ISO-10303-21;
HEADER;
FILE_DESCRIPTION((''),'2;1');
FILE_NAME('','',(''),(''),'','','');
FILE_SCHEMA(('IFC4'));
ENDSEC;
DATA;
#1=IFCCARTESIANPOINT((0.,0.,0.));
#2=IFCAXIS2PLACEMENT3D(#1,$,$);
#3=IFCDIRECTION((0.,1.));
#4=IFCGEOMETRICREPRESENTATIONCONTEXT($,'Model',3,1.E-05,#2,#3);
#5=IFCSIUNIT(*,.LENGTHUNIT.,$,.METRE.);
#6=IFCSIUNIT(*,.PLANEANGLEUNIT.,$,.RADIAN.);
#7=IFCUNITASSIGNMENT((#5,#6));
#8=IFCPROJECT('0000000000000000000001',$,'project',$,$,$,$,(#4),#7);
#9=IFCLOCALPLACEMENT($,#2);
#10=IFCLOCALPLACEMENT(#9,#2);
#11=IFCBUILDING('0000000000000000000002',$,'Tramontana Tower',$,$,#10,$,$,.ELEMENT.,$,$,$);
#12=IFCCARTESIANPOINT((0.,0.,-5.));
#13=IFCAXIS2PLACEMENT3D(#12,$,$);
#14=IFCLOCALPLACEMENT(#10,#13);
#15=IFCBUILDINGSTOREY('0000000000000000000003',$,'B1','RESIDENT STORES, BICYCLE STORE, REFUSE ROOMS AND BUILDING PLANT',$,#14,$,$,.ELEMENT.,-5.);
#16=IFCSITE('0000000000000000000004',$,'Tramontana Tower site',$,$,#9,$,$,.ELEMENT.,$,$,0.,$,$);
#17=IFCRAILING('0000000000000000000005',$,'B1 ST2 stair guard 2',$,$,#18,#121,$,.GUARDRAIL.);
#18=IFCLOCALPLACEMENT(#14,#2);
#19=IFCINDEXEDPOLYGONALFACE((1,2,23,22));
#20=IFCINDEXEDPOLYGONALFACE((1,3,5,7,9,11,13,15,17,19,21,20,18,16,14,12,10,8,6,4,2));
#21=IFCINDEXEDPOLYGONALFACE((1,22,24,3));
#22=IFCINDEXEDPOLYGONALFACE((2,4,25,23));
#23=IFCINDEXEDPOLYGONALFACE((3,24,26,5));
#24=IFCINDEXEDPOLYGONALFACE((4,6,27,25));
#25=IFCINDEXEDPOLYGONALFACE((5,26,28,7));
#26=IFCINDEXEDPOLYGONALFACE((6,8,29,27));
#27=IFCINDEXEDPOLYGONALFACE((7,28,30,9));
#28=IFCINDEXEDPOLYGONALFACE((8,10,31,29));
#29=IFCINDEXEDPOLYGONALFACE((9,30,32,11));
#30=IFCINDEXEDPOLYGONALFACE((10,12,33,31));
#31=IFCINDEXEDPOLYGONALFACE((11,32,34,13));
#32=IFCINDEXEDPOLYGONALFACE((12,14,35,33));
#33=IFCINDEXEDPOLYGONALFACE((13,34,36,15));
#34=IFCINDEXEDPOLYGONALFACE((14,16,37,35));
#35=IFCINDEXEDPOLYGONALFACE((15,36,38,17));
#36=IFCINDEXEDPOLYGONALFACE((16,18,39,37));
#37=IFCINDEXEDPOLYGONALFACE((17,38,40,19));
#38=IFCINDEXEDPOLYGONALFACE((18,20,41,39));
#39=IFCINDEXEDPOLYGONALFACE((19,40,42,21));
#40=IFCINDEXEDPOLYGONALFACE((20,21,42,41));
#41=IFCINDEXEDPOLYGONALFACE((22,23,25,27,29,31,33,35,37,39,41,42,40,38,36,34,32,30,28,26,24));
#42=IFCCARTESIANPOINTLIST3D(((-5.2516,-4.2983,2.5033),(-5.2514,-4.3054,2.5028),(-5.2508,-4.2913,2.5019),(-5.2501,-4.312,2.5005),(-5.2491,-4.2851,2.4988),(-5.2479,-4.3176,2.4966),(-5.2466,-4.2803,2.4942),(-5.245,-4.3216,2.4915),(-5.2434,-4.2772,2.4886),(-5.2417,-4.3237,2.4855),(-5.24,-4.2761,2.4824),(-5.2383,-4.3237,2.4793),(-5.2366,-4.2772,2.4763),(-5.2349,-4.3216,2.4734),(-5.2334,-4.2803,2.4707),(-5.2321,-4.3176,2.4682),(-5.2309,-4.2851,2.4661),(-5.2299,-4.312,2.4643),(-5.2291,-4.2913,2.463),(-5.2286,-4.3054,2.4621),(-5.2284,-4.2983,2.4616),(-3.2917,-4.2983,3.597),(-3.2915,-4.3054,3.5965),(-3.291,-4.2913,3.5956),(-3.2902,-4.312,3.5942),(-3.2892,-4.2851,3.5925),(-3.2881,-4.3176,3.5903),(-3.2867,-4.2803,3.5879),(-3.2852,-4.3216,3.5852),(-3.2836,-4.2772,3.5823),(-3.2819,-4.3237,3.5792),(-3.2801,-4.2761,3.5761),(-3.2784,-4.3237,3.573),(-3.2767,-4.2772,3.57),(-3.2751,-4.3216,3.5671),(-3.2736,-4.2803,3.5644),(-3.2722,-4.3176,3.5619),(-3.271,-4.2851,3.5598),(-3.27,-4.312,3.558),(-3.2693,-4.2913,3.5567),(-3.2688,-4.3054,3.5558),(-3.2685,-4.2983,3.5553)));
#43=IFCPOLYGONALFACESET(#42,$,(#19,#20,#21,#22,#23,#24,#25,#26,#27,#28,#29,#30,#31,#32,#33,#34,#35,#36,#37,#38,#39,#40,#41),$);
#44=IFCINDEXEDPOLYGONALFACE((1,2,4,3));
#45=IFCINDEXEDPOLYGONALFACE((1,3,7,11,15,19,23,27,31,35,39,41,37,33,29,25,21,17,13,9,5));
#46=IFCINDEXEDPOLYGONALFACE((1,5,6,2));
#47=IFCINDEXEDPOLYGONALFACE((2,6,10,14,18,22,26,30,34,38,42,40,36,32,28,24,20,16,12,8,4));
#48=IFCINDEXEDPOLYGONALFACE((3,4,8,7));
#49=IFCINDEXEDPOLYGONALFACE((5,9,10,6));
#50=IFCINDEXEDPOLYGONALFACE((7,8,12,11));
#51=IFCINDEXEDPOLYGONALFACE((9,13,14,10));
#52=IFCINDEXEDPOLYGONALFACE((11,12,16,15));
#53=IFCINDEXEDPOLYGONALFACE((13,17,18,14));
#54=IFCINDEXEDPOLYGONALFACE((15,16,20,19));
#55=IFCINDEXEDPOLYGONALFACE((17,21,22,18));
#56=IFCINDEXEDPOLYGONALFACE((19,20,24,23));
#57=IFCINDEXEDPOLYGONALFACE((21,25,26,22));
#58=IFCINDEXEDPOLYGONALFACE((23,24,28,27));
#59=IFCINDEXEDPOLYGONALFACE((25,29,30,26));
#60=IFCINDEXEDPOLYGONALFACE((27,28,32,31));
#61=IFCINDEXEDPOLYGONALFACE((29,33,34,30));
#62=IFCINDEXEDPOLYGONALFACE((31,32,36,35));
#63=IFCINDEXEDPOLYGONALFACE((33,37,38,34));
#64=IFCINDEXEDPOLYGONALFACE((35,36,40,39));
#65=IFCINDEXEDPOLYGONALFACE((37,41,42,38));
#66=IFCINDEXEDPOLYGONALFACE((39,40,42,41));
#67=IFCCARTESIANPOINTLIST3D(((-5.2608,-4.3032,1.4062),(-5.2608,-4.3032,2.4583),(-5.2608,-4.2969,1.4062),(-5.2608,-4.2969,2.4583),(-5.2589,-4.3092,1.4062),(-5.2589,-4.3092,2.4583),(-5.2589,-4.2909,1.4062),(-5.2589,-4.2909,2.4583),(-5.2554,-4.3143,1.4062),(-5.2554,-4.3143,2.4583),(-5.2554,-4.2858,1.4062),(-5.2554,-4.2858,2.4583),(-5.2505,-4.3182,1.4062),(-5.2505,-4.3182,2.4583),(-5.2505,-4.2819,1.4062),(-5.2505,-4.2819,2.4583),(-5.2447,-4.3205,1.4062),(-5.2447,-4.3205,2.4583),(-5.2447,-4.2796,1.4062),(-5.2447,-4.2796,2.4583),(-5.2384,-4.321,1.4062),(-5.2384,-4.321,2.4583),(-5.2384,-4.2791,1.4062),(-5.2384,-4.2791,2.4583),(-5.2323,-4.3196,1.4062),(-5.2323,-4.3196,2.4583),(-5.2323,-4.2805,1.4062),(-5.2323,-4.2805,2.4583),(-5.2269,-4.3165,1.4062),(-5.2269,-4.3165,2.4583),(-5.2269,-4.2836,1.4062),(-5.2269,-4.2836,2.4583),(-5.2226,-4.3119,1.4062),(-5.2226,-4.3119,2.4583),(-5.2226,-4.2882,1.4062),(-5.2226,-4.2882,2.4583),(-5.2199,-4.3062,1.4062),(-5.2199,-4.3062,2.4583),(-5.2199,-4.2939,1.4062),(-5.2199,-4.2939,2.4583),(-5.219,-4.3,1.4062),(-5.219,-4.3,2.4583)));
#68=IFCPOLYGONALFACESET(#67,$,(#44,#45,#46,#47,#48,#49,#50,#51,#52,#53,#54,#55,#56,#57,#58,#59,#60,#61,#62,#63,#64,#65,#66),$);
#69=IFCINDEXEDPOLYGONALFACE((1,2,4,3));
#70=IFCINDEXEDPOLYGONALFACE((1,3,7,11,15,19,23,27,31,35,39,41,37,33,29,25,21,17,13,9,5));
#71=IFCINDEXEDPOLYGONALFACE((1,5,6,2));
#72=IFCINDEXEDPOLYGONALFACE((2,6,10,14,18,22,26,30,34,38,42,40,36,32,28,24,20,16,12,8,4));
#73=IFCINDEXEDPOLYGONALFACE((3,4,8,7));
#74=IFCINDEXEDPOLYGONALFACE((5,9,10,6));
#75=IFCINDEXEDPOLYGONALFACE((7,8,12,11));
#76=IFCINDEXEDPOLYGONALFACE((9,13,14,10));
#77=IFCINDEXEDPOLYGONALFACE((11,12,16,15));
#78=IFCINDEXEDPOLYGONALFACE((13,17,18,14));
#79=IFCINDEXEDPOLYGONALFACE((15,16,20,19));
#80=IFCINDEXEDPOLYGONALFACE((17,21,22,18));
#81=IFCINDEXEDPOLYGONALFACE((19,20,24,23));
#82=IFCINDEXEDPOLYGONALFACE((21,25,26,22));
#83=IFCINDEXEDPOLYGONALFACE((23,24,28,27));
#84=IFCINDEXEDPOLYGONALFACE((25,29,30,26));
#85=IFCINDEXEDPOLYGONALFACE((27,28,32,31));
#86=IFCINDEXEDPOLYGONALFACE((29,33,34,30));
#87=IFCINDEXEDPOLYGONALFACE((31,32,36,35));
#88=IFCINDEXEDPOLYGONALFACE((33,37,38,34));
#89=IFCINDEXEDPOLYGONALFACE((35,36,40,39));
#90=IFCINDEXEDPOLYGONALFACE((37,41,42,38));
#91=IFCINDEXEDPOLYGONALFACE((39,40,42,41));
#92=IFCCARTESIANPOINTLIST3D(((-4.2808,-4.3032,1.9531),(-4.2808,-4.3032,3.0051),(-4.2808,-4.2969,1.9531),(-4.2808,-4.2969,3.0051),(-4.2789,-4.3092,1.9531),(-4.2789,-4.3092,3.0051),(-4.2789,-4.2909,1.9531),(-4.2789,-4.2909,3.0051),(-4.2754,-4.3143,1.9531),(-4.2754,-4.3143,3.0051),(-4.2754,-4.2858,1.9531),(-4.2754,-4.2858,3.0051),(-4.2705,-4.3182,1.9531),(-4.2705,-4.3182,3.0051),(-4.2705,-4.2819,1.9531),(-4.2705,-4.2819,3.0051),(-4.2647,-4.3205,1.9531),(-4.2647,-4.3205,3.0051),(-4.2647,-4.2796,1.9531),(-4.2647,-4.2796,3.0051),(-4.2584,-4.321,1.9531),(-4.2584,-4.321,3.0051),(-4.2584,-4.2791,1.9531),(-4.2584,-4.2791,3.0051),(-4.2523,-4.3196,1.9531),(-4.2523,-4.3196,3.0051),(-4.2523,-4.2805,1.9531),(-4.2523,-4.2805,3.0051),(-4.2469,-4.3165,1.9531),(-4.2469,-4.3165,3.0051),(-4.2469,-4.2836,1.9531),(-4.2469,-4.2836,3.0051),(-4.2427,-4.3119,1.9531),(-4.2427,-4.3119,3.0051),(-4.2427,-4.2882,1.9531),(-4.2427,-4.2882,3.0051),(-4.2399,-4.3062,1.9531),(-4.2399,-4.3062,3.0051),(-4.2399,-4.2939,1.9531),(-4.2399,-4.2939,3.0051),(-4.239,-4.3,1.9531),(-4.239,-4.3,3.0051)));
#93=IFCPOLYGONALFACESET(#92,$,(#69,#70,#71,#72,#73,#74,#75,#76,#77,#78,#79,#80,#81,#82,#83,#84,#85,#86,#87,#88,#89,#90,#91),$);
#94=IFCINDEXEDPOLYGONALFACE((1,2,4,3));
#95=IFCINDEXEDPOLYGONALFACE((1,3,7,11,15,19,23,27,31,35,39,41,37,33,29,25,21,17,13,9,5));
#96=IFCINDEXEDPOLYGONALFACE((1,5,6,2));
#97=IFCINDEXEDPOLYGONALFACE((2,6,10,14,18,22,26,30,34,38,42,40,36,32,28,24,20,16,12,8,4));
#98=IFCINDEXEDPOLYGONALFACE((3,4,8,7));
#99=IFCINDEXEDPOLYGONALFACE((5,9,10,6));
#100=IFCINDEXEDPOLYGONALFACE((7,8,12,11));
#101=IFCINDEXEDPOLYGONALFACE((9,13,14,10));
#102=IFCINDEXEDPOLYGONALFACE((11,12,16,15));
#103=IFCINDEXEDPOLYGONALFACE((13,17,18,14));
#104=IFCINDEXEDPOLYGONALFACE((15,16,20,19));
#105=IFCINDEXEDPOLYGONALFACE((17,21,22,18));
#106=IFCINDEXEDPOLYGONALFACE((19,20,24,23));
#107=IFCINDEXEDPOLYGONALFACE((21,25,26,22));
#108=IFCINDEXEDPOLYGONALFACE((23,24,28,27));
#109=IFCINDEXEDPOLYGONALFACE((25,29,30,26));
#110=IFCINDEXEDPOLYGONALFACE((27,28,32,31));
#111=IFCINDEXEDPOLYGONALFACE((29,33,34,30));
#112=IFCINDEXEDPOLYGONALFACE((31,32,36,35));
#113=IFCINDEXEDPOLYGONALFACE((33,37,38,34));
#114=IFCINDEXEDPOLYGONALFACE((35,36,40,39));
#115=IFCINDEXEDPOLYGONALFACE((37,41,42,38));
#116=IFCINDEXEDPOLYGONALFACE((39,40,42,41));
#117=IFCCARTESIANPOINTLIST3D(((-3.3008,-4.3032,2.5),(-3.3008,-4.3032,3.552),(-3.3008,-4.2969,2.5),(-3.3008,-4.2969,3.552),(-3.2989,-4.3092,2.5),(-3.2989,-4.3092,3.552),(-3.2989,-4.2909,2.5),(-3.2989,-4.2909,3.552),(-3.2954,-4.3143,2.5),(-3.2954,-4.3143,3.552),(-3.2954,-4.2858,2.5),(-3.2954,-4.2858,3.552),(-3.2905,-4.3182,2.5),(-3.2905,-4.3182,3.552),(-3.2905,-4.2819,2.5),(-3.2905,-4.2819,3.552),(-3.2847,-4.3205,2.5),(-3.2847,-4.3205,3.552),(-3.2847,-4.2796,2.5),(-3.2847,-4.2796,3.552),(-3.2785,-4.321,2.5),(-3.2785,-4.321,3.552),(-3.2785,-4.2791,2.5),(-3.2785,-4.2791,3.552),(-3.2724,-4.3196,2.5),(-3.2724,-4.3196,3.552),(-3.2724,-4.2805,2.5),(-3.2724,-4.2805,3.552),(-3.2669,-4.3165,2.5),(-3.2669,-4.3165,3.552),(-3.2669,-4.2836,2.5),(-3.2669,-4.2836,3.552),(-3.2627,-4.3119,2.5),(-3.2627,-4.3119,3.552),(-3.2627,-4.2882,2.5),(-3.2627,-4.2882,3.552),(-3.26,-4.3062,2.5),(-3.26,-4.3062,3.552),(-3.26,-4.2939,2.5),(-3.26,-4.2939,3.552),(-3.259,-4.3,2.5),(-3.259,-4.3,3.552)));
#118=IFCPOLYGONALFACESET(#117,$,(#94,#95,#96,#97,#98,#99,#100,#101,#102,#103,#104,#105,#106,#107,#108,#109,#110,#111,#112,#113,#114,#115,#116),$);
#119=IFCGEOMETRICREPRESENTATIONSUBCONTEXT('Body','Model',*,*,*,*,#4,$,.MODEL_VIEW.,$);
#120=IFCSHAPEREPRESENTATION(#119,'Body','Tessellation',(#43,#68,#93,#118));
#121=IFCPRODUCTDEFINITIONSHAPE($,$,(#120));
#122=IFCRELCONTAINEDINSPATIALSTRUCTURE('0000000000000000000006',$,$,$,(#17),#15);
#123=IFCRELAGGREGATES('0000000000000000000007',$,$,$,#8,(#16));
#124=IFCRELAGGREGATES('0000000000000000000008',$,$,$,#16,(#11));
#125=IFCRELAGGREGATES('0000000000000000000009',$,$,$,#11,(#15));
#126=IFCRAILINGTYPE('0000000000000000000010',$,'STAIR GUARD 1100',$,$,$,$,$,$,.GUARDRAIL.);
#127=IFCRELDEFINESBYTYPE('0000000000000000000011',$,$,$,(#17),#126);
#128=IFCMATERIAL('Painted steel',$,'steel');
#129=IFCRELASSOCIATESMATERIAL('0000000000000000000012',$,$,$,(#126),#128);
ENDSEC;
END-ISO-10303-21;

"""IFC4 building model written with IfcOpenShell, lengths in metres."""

from ifc_helpers import new_model, si_unit, direction, frame, origin, origin_2d, place, context, subcontext, project, spatial, circle, extrude, material, type_object, element, save


model = new_model("IFC4")

# Units and contexts
model_context = context("Model", 3, precision=1e-05, world=origin(), true_north=direction((0.0, 1.0)))
body_context = subcontext(model_context, "Body", "Model", "MODEL_VIEW")
ifc_project = project(units=[si_unit("LENGTHUNIT", "METRE"), si_unit("PLANEANGLEUNIT", "RADIAN")], contexts=[model_context])

# Site, building, storey
site_placement = place(None, origin())
site = spatial("IfcSite", under=ifc_project, at=site_placement, Name="Tramontana Tower site", CompositionType="ELEMENT", RefElevation=0.0)
building_placement = place(site_placement, origin())
building = spatial("IfcBuilding", under=site, at=building_placement, Name="Tramontana Tower", CompositionType="ELEMENT")
storey_placement = place(building_placement, frame((0.0, 0.0, -5.0)))
storey = spatial("IfcBuildingStorey", under=building, at=storey_placement, Name="B1", Description="RESIDENT STORES, BICYCLE STORE, REFUSE ROOMS AND BUILDING PLANT", CompositionType="ELEMENT", Elevation=-5.0)

# Railing
ifc_material_1 = material(Name="Painted steel", Category="steel")
railing_type_1 = type_object("IfcRailingType", Name="STAIR GUARD 1100", PredefinedType="GUARDRAIL", material=ifc_material_1)
railing_1_placement = place(storey_placement, frame((-5.24, -4.3, 1.4062)))
element("IfcRailing", 1, at=railing_1_placement, inside=storey, type_object=railing_type_1, Name="B1 ST2 stair guard 2", PredefinedType="GUARDRAIL", context=body_context, shape_type="SweptSolid", body=[
    extrude(circle(Radius=0.0239, at=origin_2d()), frame((0.0, 0.0, 1.0762), z_axis=(0.873232, 0.0, 0.487304), x_axis=(0.0, 1.0, 0.0)), (0.0, 0.0, 1.0), 2.2444),
    extrude(circle(Radius=0.021, at=origin_2d()), origin(), (0.0, 0.0, 1.0), 1.052),
    extrude(circle(Radius=0.021, at=origin_2d()), frame((0.98, 0.0, 0.5469)), (0.0, 0.0, 1.0), 1.052),
    extrude(circle(Radius=0.021, at=origin_2d()), frame((1.96, 0.0, 1.0938)), (0.0, 0.0, 1.0), 1.052),
])

save(model, "model.ifc")
